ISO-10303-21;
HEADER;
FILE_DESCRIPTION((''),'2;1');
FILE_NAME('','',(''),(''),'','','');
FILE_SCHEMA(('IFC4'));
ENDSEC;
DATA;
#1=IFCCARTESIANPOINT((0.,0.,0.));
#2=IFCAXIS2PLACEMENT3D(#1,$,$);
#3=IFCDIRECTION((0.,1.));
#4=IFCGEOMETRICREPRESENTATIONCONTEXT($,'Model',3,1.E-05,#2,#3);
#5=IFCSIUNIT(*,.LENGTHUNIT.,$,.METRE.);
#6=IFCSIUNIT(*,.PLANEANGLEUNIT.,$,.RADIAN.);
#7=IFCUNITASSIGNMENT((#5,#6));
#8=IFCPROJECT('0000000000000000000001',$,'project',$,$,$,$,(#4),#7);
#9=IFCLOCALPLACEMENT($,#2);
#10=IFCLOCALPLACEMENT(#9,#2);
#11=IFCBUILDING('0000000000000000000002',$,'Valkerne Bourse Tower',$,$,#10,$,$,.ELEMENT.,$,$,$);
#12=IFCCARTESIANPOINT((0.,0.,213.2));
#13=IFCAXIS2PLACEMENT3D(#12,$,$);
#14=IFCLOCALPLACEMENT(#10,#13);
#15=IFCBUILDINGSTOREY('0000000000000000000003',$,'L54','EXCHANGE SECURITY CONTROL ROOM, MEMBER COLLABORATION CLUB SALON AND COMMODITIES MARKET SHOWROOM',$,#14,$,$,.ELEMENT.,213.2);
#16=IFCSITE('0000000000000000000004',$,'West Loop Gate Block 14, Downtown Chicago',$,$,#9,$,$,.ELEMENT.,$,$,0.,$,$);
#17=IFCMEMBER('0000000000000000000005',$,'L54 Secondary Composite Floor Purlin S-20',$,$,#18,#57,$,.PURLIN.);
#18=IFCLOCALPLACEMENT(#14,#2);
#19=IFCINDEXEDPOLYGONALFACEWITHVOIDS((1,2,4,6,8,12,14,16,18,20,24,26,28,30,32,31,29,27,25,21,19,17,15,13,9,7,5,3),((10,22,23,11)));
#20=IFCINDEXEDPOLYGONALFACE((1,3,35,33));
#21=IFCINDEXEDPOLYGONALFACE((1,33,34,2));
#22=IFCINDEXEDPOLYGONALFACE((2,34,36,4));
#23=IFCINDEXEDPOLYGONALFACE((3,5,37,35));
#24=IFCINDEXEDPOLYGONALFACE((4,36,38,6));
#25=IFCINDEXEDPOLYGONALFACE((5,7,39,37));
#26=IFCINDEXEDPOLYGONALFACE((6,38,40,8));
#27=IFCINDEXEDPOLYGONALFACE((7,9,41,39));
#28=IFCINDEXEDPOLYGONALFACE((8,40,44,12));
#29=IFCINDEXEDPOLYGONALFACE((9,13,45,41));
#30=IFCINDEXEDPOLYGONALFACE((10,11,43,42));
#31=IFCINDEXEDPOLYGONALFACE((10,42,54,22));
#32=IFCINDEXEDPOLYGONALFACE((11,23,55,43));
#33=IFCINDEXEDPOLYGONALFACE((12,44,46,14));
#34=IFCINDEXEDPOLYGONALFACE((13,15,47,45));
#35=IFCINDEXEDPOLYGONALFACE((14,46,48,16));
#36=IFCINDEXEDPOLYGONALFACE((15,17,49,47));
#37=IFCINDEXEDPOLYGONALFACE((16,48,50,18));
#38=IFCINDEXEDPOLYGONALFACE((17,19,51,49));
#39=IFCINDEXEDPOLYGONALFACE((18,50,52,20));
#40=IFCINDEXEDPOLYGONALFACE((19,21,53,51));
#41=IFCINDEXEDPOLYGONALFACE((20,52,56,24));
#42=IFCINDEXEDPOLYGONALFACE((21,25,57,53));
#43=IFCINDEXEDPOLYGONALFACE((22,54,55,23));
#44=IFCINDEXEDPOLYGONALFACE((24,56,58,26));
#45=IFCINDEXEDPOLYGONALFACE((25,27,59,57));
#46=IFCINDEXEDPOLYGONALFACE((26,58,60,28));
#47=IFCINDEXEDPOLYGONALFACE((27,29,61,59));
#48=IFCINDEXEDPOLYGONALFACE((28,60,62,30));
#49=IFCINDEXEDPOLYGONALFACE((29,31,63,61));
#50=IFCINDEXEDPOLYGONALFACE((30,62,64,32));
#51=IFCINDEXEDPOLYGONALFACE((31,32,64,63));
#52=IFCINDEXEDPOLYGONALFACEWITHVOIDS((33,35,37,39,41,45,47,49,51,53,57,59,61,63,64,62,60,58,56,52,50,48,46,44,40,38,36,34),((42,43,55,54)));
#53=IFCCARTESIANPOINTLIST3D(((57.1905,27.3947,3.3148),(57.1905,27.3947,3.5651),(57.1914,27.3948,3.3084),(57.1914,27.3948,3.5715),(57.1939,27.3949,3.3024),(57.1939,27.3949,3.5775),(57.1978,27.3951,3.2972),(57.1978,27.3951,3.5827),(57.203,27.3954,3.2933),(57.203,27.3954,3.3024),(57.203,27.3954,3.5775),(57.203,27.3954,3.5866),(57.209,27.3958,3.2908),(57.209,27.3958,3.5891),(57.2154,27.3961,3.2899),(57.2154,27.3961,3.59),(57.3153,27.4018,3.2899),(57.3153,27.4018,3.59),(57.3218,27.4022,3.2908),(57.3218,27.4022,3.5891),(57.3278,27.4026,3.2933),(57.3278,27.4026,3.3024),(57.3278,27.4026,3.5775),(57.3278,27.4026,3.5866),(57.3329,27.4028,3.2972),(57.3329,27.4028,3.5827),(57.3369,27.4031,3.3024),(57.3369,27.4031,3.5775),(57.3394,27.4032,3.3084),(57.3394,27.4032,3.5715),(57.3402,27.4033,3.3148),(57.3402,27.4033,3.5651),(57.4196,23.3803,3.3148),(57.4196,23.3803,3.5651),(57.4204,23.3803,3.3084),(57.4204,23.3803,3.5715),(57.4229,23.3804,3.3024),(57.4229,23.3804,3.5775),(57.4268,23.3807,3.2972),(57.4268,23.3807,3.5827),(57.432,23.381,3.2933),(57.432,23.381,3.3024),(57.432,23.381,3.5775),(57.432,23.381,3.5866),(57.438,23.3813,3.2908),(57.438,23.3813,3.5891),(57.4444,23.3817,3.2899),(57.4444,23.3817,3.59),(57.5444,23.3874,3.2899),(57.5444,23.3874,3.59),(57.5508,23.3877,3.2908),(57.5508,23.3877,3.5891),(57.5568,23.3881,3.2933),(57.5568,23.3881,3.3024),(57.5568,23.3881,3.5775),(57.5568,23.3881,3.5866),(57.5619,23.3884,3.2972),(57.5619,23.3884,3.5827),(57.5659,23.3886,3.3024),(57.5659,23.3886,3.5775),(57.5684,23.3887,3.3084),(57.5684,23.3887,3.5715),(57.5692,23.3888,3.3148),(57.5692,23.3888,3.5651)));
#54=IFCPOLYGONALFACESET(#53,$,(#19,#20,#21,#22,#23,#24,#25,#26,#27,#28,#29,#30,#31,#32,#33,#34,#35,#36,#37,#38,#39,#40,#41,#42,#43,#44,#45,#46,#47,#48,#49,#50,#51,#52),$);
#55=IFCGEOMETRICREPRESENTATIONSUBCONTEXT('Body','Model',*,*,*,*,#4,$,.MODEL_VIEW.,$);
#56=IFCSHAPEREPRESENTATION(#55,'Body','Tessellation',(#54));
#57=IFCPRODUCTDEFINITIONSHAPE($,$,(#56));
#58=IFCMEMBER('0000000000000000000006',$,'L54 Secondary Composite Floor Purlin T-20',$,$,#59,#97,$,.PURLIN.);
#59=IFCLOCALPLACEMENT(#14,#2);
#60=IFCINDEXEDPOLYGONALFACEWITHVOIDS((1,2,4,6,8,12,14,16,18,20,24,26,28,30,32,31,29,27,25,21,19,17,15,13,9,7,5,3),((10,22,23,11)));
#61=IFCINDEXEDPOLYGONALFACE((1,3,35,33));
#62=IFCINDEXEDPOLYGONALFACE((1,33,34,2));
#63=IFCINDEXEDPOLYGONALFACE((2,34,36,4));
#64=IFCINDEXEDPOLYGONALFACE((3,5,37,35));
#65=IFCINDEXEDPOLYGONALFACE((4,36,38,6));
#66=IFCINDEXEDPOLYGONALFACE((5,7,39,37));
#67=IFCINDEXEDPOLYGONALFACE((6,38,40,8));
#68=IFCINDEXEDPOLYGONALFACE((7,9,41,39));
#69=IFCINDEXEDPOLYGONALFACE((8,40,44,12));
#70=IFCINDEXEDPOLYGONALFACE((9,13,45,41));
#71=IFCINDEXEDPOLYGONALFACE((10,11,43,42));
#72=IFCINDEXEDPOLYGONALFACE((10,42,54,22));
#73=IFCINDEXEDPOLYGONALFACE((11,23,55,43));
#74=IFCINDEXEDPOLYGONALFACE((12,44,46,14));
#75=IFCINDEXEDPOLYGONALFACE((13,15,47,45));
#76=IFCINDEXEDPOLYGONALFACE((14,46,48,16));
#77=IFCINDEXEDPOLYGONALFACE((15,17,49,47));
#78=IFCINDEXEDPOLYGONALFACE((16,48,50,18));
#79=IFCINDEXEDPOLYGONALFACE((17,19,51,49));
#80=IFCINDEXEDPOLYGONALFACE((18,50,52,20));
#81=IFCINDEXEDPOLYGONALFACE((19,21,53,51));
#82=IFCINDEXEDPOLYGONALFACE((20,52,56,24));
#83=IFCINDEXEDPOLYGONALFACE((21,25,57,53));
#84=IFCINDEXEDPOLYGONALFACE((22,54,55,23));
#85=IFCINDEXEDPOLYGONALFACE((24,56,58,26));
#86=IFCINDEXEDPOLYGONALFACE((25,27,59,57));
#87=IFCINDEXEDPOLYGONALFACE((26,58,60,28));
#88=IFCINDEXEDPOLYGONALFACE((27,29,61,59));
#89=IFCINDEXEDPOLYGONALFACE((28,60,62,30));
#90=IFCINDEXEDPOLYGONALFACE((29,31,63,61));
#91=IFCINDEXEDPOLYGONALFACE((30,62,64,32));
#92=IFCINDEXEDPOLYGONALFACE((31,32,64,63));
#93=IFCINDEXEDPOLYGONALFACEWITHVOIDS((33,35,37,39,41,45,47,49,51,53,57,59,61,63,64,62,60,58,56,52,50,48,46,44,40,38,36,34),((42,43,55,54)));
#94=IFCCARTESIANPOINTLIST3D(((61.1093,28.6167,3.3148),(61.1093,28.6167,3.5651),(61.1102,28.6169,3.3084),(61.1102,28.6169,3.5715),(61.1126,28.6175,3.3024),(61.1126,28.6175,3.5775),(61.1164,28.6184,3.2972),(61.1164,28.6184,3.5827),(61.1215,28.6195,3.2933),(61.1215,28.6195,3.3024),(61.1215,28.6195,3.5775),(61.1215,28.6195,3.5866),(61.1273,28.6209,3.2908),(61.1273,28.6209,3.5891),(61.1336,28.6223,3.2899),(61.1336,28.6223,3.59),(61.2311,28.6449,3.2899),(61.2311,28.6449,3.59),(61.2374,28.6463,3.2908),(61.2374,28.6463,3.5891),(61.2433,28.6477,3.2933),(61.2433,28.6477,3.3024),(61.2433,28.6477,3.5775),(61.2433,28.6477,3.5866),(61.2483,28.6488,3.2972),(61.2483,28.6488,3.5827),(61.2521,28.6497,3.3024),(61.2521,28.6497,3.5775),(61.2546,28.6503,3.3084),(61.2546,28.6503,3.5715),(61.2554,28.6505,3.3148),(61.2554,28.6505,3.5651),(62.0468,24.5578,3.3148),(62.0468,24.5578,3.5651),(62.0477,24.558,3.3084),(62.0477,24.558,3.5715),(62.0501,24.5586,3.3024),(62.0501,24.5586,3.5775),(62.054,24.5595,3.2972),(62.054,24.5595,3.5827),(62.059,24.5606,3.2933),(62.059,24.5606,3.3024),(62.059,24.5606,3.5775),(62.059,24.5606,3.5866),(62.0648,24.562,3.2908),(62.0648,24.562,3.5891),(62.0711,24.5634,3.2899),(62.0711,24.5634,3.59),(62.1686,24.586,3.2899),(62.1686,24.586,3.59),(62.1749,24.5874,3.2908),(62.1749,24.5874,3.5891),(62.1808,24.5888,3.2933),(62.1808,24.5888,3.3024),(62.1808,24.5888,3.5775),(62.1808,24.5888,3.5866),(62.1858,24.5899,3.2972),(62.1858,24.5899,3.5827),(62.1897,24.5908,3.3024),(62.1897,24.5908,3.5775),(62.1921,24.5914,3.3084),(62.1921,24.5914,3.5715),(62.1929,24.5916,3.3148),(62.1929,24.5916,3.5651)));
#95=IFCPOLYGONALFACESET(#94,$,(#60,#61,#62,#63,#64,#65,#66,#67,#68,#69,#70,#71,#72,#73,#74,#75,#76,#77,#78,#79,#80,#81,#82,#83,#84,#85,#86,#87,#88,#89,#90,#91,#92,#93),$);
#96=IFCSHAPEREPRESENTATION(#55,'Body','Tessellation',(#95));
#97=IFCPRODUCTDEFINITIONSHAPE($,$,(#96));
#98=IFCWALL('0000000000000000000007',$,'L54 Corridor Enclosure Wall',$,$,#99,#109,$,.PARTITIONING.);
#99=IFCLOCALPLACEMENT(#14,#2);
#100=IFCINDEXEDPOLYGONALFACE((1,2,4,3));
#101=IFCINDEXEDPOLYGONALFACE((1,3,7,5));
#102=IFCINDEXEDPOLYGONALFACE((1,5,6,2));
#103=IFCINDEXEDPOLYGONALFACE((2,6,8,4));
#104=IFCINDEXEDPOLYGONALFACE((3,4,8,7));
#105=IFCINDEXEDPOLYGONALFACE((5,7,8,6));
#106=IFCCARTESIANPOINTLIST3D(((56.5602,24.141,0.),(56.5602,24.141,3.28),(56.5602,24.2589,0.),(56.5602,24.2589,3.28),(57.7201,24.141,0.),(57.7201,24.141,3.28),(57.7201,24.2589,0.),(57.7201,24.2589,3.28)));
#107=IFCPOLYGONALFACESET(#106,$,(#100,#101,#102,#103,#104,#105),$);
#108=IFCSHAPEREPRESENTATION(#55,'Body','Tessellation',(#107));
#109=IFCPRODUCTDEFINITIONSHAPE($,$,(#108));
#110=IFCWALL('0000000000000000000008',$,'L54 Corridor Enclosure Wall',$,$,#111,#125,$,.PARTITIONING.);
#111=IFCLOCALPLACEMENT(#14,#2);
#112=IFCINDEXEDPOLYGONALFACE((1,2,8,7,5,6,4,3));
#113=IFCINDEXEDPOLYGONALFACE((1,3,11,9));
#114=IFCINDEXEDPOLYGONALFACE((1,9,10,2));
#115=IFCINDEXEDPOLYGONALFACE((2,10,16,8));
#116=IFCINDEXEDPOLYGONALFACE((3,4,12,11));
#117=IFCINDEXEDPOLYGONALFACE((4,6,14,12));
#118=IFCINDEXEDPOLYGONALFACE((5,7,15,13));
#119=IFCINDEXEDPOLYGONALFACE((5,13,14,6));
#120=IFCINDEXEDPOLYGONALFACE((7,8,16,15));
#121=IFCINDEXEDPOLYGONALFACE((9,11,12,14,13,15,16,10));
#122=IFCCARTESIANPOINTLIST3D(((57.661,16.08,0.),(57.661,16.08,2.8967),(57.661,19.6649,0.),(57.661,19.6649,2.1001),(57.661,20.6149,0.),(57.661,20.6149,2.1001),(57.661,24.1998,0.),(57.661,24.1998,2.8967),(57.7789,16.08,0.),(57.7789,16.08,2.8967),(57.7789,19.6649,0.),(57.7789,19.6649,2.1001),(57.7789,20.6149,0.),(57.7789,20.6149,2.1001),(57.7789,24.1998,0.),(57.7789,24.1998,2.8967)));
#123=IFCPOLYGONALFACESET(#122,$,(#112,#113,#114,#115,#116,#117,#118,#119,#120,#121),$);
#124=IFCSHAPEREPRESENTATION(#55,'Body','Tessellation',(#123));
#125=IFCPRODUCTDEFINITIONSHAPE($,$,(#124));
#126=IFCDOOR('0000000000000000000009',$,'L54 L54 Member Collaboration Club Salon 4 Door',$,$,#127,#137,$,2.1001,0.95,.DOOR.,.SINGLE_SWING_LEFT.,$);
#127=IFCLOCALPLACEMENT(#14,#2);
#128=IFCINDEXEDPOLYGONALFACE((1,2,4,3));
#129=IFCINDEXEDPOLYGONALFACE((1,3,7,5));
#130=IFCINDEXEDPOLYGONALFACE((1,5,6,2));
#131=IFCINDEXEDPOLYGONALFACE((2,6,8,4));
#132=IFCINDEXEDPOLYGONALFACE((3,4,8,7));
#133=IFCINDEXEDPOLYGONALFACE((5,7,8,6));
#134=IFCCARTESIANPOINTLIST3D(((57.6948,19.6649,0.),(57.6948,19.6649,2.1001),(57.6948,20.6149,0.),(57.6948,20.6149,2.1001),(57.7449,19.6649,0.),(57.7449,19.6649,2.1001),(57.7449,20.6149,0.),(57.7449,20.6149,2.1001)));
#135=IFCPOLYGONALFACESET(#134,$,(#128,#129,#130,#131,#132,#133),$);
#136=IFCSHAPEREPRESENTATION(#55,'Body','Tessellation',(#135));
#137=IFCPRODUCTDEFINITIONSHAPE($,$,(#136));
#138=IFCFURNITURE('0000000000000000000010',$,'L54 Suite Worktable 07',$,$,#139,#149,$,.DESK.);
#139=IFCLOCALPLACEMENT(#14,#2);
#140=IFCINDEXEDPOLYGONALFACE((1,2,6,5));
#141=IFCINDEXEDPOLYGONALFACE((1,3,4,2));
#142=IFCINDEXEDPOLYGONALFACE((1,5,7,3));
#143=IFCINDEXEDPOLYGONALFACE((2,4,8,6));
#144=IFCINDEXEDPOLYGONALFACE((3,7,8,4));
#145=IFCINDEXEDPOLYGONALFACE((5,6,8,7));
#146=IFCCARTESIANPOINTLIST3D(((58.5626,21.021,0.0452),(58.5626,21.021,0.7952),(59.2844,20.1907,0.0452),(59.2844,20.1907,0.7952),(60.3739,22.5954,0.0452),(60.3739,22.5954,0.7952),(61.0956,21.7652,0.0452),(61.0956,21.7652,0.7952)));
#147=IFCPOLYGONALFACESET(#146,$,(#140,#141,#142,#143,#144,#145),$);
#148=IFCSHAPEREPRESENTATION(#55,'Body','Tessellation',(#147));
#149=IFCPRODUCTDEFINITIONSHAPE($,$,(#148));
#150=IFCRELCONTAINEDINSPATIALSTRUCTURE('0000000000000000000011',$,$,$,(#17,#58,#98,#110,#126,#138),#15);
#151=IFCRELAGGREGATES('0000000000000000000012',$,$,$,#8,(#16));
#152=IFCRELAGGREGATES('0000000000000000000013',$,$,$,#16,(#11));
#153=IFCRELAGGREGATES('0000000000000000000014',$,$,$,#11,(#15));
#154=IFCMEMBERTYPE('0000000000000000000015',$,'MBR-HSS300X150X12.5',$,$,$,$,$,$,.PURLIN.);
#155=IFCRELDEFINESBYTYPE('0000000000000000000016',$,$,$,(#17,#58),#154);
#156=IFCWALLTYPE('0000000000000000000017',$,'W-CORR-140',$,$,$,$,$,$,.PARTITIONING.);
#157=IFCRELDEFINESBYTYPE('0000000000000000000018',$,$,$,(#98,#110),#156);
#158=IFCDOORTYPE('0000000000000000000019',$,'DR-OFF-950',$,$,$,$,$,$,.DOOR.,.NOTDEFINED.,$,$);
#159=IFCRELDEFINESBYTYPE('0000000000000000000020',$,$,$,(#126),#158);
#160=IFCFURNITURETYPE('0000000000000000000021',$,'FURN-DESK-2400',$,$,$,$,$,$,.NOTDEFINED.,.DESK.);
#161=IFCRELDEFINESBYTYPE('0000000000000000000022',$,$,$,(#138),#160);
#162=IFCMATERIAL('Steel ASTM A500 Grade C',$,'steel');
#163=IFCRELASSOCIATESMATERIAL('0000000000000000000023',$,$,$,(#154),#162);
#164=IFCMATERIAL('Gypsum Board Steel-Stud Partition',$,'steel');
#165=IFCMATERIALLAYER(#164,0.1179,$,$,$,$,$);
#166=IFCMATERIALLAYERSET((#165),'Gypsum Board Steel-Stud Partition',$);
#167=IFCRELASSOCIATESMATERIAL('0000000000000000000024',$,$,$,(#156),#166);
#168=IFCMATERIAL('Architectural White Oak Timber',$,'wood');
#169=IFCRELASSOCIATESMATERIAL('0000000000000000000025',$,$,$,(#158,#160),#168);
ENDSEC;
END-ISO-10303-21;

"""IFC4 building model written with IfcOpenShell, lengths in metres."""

from ifc_helpers import new_model, si_unit, direction, frame, frame_2d, origin, origin_2d, place, context, subcontext, project, spatial, rectangle, hollow_rectangle, extrude, material, layer, layer_set, material_profile, profile_set, type_object, element, fill, save


model = new_model("IFC4")

# Units and contexts
model_context = context("Model", 3, precision=1e-05, world=origin(), true_north=direction((0.0, 1.0)))
body_context = subcontext(model_context, "Body", "Model", "MODEL_VIEW")
ifc_project = project(units=[si_unit("LENGTHUNIT", "METRE"), si_unit("PLANEANGLEUNIT", "RADIAN")], contexts=[model_context])

# Site, building, storey
site_placement = place(None, origin())
site = spatial("IfcSite", under=ifc_project, at=site_placement, Name="West Loop Gate Block 14, Downtown Chicago", CompositionType="ELEMENT", RefElevation=0.0)
building_placement = place(site_placement, origin())
building = spatial("IfcBuilding", under=site, at=building_placement, Name="Valkerne Bourse Tower", CompositionType="ELEMENT")
storey_placement = place(building_placement, frame((0.0, 0.0, 213.2)))
storey = spatial("IfcBuildingStorey", under=building, at=storey_placement, Name="L54", Description="EXCHANGE SECURITY CONTROL ROOM, MEMBER COLLABORATION CLUB SALON AND COMMODITIES MARKET SHOWROOM", CompositionType="ELEMENT", Elevation=213.2)

# Members
ifc_material_1 = material(Name="Steel ASTM A500 Grade C", Category="steel")
ifc_material_profile_1 = material_profile(ifc_material_1, hollow_rectangle(XDim=0.1499, YDim=0.3, WallThickness=0.0125, OuterFilletRadius=0.0249, at=origin_2d()), Name="HSS300X150X12.5")
ifc_profile_set_1 = profile_set([ifc_material_profile_1], Name="Steel ASTM A500 Grade C")
member_type_1 = type_object("IfcMemberType", Name="MBR-HSS300X150X12.5", PredefinedType="PURLIN", material=ifc_profile_set_1)
member_1_placement = place(storey_placement, frame((57.4944, 23.3845, 3.4399), z_axis=(-0.056953, 0.998377, 0.0), x_axis=(-0.998377, -0.056953, 0.0)))
element("IfcMember", 1, at=member_1_placement, inside=storey, type_object=member_type_1, Name="L54 Secondary Composite Floor Purlin S-20", PredefinedType="PURLIN", context=body_context, shape_type="SweptSolid", body=[
    extrude(hollow_rectangle(XDim=0.1499, YDim=0.3, WallThickness=0.0125, OuterFilletRadius=0.0249, at=origin_2d()), origin(), (0.0, 0.0, 1.0), 4.021),
])
member_2_placement = place(storey_placement, frame((62.1199, 24.5747, 3.4399), z_axis=(-0.225052, 0.974347, 0.0), x_axis=(-0.974347, -0.225052, 0.0)))
element("IfcMember", 2, at=member_2_placement, inside=storey, type_object=member_type_1, Name="L54 Secondary Composite Floor Purlin T-20", PredefinedType="PURLIN", context=body_context, shape_type="SweptSolid", body=[
    extrude(hollow_rectangle(XDim=0.1499, YDim=0.3, WallThickness=0.0125, OuterFilletRadius=0.0249, at=origin_2d()), origin(), (0.0, 0.0, 1.0), 4.1658),
])

# Wall
ifc_material_2 = material(Name="Gypsum Board Steel-Stud Partition", Category="steel")
ifc_layer_1 = layer(ifc_material_2, 0.1179)
ifc_layer_set_1 = layer_set([ifc_layer_1], Name="Gypsum Board Steel-Stud Partition")
wall_type = type_object("IfcWallType", Name="W-CORR-140", PredefinedType="PARTITIONING", material=ifc_layer_set_1)
wall_1_placement = place(storey_placement, frame((56.5601, 24.2, 0.0), z_axis=(0.0, 0.0, 1.0), x_axis=(1.0, 0.0, 0.0)))
element("IfcWall", 3, at=wall_1_placement, inside=storey, type_object=wall_type, Name="L54 Corridor Enclosure Wall", PredefinedType="PARTITIONING", context=body_context, shape_type="SweptSolid", body=[
    extrude(rectangle(XDim=1.1599, YDim=0.1179, at=frame_2d((0.5801, 0.0))), origin(), (0.0, 0.0, 1.0), 3.28),
])

# Wall, opening, door
wall_2_placement = place(storey_placement, frame((57.72, 24.2, 0.0), z_axis=(0.0, 0.0, 1.0), x_axis=(0.0, -1.0, 0.0)))
wall_2 = element("IfcWall", 4, at=wall_2_placement, inside=storey, type_object=wall_type, Name="L54 Corridor Enclosure Wall", PredefinedType="PARTITIONING", context=body_context, shape_type="SweptSolid", body=[
    extrude(rectangle(XDim=8.1199, YDim=0.1179, at=frame_2d((4.0601, 0.0))), origin(), (0.0, 0.0, 1.0), 2.8967),
])
opening_placement = place(wall_2_placement, frame((3.585, 0.0, 0.0)))
opening = element("IfcOpeningElement", 5, at=opening_placement, cuts=wall_2, PredefinedType="OPENING", context=body_context, shape_type="SweptSolid", body=[
    extrude(rectangle(XDim=0.95, YDim=2.1001, at=frame_2d((0.4751, 1.05))), frame((0.0, 0.0688, 0.0), z_axis=(0.0, -1.0, 0.0), x_axis=(1.0, 0.0, 0.0)), (0.0, 0.0, 1.0), 0.1379),
])
ifc_material_3 = material(Name="Architectural White Oak Timber", Category="wood")
door_type = type_object("IfcDoorType", Name="DR-OFF-950", OperationType="NOTDEFINED", PredefinedType="DOOR", material=ifc_material_3)
door_placement = place(opening_placement, origin())
door = element("IfcDoor", 6, at=door_placement, inside=storey, type_object=door_type, Name="L54 L54 Member Collaboration Club Salon 4 Door", OperationType="SINGLE_SWING_LEFT", OverallHeight=2.1001, OverallWidth=0.95, PredefinedType="DOOR", context=body_context, shape_type="SweptSolid", body=[
    extrude(rectangle(XDim=0.95, YDim=2.1001, at=frame_2d((0.4751, 1.05))), frame((0.0, 0.0249, 0.0), z_axis=(0.0, -1.0, 0.0), x_axis=(1.0, 0.0, 0.0)), (0.0, 0.0, 1.0), 0.05),
])
fill(opening, door)

# Furniture
furniture_type = type_object("IfcFurnitureType", Name="FURN-DESK-2400", AssemblyPlace="NOTDEFINED", PredefinedType="DESK", material=ifc_material_3)
furniture_placement = place(storey_placement, frame((59.8291, 21.3931, 0.0452), z_axis=(0.0, 0.0, 1.0), x_axis=(0.75471, 0.656059, 0.0)))
element("IfcFurniture", 7, at=furniture_placement, inside=storey, type_object=furniture_type, Name="L54 Suite Worktable 07", PredefinedType="DESK", context=body_context, shape_type="SweptSolid", body=[
    extrude(rectangle(XDim=2.3999, YDim=1.1001, at=origin_2d()), origin(), (0.0, 0.0, 1.0), 0.75),
])

save(model, "model.ifc")
